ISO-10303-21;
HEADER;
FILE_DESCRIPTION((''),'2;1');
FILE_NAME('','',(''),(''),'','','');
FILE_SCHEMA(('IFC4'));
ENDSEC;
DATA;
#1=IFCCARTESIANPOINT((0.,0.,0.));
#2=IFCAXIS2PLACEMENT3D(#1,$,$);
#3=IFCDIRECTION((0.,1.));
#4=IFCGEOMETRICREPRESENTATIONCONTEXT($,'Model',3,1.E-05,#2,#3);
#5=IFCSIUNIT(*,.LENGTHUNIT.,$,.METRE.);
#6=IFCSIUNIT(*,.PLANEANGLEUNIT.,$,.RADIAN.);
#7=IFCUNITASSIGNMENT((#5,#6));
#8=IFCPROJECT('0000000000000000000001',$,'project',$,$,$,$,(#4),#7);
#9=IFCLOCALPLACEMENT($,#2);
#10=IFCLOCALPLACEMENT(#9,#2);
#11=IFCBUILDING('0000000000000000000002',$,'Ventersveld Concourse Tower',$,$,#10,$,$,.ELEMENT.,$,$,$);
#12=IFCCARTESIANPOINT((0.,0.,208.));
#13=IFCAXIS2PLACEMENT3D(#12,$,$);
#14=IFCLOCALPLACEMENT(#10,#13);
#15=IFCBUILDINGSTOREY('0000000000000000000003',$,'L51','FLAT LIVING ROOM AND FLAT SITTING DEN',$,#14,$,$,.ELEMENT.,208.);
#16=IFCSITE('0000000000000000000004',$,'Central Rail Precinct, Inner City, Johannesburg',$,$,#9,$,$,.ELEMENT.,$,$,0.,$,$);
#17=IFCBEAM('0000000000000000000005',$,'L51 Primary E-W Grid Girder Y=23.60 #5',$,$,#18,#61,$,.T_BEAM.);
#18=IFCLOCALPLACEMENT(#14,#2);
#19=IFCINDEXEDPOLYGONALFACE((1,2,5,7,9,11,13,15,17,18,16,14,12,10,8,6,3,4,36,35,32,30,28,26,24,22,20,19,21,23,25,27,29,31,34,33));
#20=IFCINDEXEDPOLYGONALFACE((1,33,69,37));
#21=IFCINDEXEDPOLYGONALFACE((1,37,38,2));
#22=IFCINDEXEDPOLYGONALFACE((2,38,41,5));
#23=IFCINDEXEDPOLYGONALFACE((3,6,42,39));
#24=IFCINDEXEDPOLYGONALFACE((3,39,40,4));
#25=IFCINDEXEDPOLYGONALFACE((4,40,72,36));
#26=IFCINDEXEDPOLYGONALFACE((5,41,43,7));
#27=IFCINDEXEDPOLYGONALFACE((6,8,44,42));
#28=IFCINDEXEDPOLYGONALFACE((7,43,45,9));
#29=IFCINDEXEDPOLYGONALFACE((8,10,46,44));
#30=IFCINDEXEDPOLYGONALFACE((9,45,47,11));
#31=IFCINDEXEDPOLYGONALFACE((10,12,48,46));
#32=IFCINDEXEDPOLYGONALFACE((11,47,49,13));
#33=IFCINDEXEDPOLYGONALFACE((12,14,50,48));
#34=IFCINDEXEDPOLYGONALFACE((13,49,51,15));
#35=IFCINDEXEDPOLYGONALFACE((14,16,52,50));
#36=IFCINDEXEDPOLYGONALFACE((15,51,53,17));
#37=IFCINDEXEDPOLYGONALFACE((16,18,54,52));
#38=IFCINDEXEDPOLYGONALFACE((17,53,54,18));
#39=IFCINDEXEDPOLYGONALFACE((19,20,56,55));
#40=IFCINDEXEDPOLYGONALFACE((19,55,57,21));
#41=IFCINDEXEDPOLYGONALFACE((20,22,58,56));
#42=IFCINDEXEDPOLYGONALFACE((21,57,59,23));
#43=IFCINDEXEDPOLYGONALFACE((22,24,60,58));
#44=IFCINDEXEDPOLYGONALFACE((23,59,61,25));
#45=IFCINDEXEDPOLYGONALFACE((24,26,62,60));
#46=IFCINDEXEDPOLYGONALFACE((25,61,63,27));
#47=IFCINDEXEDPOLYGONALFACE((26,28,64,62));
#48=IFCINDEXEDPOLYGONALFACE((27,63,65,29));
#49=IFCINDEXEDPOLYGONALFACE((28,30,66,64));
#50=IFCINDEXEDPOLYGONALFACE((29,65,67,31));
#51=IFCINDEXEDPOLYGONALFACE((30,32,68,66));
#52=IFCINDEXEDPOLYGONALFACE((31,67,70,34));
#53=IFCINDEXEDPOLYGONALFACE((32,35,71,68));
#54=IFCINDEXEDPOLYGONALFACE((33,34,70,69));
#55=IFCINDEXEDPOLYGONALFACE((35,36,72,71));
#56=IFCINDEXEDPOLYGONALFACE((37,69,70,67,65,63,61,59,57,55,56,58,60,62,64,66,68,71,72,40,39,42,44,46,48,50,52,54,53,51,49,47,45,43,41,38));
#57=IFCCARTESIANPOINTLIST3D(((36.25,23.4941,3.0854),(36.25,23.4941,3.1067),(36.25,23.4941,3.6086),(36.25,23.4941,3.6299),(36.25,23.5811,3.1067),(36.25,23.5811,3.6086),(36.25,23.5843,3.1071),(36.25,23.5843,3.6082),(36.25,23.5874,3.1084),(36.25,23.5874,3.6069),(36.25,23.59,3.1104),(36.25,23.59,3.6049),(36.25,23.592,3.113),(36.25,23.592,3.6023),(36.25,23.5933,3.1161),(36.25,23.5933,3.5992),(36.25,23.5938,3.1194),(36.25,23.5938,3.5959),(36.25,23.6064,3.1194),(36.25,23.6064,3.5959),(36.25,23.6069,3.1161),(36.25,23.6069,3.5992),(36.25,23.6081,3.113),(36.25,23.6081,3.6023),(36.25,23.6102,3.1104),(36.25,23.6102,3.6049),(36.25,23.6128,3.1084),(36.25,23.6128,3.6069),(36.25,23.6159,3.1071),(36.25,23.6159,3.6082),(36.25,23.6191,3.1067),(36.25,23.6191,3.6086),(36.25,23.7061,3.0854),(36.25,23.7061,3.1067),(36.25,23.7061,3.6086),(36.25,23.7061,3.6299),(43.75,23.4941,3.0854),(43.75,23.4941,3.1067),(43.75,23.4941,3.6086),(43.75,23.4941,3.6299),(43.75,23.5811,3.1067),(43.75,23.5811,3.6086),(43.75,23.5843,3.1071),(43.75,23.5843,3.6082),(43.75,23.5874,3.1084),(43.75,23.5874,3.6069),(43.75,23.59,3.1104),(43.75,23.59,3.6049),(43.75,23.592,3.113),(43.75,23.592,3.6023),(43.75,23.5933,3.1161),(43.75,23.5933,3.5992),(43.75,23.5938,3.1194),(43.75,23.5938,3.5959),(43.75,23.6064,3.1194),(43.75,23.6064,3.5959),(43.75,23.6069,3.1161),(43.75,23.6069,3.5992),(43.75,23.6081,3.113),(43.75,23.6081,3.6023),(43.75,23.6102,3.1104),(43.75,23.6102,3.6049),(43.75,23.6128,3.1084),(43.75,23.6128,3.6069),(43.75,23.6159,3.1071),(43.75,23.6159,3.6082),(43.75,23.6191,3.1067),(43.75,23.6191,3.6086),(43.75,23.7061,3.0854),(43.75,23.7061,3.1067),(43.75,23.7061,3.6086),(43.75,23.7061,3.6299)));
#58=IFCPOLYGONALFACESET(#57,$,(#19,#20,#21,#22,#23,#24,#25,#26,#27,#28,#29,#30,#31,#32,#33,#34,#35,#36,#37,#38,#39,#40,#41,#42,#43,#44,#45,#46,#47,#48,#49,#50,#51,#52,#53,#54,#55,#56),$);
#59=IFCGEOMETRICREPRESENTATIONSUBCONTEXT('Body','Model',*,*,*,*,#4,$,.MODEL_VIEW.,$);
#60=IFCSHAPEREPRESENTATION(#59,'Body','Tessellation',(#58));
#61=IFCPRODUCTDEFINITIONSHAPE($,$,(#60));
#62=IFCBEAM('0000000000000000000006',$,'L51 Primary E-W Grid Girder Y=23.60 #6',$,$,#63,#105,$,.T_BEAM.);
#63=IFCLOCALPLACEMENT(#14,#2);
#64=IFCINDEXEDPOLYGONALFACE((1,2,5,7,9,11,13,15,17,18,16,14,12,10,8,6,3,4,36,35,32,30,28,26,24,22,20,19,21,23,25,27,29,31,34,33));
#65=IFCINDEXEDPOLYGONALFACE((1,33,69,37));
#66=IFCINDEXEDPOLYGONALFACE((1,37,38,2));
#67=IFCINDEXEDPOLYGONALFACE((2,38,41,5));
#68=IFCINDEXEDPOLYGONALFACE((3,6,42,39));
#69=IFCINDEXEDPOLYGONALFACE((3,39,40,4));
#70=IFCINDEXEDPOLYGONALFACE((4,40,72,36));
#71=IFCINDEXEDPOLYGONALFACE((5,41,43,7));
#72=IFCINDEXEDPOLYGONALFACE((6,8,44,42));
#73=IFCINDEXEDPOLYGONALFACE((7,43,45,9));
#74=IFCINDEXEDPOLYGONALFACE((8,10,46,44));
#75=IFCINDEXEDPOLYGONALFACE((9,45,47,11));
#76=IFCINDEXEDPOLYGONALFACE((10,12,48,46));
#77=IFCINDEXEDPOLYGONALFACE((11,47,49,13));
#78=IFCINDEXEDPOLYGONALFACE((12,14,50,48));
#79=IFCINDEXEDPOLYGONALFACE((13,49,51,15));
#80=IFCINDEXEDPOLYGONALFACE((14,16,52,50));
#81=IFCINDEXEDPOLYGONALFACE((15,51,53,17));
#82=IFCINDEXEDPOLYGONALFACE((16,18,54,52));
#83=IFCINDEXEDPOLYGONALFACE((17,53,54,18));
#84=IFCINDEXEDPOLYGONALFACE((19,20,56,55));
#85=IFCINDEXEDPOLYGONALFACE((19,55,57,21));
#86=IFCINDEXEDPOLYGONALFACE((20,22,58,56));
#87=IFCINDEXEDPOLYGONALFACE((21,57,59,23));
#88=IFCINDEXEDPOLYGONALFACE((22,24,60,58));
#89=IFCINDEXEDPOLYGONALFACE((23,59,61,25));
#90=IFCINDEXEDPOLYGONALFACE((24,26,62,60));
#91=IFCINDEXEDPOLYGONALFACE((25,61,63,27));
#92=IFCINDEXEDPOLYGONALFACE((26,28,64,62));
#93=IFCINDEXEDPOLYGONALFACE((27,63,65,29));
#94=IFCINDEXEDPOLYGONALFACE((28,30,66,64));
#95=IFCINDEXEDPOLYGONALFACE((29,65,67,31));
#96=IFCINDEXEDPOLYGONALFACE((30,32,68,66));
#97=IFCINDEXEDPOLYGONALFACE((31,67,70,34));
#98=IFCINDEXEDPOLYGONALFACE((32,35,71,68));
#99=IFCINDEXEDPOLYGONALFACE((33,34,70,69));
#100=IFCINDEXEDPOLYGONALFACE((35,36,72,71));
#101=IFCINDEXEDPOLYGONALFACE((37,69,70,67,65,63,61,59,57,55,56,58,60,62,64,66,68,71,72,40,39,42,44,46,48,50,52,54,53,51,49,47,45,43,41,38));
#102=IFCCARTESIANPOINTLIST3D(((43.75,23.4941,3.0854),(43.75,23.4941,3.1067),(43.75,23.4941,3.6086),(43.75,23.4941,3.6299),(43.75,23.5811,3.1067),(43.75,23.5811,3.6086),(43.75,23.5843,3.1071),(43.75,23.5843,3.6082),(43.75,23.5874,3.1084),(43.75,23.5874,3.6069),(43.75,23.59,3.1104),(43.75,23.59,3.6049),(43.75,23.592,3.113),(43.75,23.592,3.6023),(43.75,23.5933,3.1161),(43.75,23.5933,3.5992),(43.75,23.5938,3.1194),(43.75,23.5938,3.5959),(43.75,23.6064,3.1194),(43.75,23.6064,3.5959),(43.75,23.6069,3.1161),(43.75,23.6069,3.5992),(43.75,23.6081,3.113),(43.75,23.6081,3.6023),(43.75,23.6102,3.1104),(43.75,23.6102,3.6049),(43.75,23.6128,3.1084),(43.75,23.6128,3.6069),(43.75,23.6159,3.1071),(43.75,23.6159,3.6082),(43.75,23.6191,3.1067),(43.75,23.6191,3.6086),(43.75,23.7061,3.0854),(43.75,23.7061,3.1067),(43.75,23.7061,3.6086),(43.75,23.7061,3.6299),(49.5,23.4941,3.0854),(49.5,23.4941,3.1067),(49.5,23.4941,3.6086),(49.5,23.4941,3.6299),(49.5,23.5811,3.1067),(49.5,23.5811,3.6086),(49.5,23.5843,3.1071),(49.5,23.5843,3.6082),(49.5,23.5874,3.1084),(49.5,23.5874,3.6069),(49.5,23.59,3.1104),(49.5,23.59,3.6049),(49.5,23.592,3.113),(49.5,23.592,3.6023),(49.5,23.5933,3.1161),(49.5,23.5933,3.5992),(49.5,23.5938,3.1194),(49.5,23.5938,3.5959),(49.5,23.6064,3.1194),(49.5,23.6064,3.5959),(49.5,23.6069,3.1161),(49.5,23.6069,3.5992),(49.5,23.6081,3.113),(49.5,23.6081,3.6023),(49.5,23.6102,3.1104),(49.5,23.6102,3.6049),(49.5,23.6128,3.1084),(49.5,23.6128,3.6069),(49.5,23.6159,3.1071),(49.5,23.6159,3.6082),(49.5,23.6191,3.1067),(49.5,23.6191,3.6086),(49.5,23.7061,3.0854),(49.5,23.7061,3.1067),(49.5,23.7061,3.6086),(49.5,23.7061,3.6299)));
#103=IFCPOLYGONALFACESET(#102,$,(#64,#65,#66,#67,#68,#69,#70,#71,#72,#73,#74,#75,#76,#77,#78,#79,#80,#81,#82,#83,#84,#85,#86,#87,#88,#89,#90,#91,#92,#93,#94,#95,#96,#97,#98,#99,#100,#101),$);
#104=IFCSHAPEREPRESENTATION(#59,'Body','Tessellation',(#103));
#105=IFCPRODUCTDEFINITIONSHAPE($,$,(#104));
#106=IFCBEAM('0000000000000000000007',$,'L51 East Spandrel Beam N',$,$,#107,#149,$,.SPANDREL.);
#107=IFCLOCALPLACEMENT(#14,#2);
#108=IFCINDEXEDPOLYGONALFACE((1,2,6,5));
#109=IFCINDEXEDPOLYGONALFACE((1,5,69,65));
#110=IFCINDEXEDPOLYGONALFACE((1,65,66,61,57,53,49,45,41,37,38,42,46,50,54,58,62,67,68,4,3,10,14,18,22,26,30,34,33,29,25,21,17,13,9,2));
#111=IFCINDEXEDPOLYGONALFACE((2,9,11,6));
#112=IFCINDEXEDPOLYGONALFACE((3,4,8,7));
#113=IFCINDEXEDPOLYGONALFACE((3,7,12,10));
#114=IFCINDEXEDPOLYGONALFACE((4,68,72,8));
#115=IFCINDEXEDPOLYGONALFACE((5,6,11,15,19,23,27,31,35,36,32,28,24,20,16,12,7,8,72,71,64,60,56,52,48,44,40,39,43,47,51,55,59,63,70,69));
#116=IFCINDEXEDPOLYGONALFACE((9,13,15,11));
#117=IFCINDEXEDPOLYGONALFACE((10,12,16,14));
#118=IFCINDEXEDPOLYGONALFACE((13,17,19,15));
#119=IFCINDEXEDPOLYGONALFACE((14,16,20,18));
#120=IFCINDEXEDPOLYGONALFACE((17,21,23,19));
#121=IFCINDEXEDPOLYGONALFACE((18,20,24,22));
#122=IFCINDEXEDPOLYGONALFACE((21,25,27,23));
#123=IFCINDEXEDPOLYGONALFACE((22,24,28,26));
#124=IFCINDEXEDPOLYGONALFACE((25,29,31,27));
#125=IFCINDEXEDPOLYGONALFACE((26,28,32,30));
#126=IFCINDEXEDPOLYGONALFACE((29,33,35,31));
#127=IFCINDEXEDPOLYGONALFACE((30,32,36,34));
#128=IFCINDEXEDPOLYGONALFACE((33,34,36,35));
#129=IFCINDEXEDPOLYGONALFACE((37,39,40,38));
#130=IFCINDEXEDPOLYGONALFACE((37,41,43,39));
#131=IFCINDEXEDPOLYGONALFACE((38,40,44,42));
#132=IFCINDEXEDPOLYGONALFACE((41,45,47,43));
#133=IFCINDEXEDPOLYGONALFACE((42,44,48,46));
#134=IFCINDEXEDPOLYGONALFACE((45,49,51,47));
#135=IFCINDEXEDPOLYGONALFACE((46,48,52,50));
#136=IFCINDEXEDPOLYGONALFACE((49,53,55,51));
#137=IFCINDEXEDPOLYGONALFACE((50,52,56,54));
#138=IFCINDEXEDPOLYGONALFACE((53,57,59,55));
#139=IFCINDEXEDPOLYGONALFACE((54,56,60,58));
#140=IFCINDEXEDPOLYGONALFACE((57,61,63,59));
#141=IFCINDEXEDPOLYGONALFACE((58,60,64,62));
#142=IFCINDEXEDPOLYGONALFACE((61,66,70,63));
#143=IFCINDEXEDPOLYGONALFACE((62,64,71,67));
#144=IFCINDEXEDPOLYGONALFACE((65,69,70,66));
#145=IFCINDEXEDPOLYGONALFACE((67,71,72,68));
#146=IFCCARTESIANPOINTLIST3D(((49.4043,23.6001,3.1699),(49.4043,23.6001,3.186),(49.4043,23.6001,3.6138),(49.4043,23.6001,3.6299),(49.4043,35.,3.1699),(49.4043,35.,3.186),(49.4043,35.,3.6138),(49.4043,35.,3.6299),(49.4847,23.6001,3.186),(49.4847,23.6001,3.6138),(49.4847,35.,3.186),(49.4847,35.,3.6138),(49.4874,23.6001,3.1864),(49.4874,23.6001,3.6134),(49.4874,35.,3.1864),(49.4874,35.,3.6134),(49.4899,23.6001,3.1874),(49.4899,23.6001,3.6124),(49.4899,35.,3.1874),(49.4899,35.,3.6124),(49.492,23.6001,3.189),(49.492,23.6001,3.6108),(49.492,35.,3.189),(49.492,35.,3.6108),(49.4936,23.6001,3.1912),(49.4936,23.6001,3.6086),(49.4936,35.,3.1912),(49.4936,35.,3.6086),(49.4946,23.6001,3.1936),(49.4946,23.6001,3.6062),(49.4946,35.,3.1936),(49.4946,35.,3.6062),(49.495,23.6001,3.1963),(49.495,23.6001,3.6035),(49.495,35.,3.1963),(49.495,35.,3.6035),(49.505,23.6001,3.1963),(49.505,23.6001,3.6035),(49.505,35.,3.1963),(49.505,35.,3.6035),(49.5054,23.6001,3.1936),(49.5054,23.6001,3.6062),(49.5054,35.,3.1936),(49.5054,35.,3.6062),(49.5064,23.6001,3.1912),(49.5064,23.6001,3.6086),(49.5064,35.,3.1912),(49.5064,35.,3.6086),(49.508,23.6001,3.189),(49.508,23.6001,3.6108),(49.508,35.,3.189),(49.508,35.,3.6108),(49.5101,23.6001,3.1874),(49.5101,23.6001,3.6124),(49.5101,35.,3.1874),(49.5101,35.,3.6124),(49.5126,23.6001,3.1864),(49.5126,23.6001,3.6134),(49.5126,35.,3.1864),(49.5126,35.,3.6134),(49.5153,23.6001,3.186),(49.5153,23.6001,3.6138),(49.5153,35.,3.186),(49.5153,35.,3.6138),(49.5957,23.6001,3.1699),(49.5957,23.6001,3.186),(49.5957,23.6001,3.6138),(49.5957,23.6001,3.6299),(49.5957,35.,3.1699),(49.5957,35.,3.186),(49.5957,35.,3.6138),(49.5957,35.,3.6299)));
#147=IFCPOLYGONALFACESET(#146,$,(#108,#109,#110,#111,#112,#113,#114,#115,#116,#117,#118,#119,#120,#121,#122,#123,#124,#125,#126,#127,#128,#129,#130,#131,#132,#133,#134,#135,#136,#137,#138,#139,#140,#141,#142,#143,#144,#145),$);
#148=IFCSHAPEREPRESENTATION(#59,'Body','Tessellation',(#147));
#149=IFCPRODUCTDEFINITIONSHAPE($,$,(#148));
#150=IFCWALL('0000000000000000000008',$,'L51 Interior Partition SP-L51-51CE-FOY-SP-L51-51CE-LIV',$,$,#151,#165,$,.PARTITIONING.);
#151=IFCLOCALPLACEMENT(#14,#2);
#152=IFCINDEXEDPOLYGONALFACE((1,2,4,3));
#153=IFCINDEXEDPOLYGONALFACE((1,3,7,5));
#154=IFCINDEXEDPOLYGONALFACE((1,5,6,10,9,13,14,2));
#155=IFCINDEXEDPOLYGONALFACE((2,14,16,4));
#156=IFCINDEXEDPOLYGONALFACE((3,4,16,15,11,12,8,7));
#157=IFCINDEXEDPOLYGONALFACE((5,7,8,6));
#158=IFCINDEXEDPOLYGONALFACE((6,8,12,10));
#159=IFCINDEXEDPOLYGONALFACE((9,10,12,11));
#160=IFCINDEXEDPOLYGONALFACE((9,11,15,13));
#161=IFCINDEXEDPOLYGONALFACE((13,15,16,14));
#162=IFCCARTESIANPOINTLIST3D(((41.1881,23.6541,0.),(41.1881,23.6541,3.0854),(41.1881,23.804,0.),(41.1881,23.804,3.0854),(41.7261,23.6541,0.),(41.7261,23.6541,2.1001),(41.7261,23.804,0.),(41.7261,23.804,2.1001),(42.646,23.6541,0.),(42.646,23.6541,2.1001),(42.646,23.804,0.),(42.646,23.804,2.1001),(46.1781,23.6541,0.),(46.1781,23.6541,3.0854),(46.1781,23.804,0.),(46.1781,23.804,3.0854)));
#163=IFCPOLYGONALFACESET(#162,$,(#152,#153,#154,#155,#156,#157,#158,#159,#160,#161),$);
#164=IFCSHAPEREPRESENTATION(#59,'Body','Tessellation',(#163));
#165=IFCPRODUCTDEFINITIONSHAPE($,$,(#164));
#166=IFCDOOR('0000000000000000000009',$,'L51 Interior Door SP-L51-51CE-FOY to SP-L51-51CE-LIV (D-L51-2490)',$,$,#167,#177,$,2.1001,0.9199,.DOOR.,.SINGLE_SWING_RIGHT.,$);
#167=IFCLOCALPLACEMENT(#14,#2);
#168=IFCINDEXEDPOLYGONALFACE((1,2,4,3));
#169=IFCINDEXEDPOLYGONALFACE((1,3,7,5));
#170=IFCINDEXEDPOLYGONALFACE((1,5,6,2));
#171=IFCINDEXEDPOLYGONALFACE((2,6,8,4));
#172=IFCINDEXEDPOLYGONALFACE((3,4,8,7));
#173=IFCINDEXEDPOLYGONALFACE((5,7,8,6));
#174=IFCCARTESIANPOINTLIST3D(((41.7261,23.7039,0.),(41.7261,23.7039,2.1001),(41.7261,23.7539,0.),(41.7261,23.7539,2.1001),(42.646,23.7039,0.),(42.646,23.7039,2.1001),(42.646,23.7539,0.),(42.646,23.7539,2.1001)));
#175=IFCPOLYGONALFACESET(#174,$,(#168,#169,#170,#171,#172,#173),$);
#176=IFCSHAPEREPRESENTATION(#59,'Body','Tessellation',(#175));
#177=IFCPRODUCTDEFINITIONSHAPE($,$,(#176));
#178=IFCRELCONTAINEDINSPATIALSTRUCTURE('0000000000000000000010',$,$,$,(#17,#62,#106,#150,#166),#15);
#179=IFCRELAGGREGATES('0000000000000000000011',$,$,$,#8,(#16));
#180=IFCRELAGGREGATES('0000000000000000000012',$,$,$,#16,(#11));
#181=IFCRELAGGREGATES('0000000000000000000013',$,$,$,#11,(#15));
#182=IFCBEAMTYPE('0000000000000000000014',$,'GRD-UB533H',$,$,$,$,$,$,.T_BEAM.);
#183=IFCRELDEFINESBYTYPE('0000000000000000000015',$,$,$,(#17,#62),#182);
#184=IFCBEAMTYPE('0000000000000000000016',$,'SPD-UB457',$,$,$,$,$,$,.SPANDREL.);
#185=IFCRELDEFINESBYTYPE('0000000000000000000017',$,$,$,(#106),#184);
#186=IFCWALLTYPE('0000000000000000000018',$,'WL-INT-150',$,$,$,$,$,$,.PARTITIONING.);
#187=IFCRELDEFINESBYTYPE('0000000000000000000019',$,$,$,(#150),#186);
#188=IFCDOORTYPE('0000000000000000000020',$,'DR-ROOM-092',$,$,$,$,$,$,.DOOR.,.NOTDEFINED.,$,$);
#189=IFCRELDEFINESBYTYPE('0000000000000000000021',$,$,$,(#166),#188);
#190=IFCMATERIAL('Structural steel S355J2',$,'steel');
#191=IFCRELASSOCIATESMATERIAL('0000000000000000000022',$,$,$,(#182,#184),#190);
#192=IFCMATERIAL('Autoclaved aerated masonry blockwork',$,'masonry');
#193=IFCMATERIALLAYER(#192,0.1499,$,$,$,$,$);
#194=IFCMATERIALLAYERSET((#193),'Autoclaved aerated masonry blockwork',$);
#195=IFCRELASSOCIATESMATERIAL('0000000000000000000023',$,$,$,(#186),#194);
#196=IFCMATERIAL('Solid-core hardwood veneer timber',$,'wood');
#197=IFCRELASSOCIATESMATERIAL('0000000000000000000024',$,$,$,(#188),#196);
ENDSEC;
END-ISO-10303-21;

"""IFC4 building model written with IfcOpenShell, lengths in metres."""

from ifc_helpers import new_model, si_unit, direction, frame, frame_2d, origin, origin_2d, place, context, subcontext, project, spatial, rectangle, i_section, extrude, material, layer, layer_set, material_profile, profile_set, type_object, element, fill, save


model = new_model("IFC4")

# Units and contexts
model_context = context("Model", 3, precision=1e-05, world=origin(), true_north=direction((0.0, 1.0)))
body_context = subcontext(model_context, "Body", "Model", "MODEL_VIEW")
ifc_project = project(units=[si_unit("LENGTHUNIT", "METRE"), si_unit("PLANEANGLEUNIT", "RADIAN")], contexts=[model_context])

# Site, building, storey
site_placement = place(None, origin())
site = spatial("IfcSite", under=ifc_project, at=site_placement, Name="Central Rail Precinct, Inner City, Johannesburg", CompositionType="ELEMENT", RefElevation=0.0)
building_placement = place(site_placement, origin())
building = spatial("IfcBuilding", under=site, at=building_placement, Name="Ventersveld Concourse Tower", CompositionType="ELEMENT")
storey_placement = place(building_placement, frame((0.0, 0.0, 208.0)))
storey = spatial("IfcBuildingStorey", under=building, at=storey_placement, Name="L51", Description="FLAT LIVING ROOM AND FLAT SITTING DEN", CompositionType="ELEMENT", Elevation=208.0)

# Beams
ifc_material_1 = material(Name="Structural steel S355J2", Category="steel")
ifc_material_profile_1 = material_profile(ifc_material_1, i_section(OverallWidth=0.2119, OverallDepth=0.5444, WebThickness=0.0127, FlangeThickness=0.0212, FilletRadius=0.0127, at=origin_2d()), Name="UB 533x210x122")
ifc_profile_set_1 = profile_set([ifc_material_profile_1], Name="Structural steel S355J2")
beam_type_1 = type_object("IfcBeamType", Name="GRD-UB533H", PredefinedType="T_BEAM", material=ifc_profile_set_1)
beam_1_placement = place(storey_placement, frame((36.25, 23.6001, 3.3577), z_axis=(1.0, 0.0, 0.0), x_axis=(0.0, 1.0, 0.0)))
element("IfcBeam", 1, at=beam_1_placement, inside=storey, type_object=beam_type_1, Name="L51 Primary E-W Grid Girder Y=23.60 #5", PredefinedType="T_BEAM", context=body_context, shape_type="SweptSolid", body=[
    extrude(i_section(OverallWidth=0.2119, OverallDepth=0.5444, WebThickness=0.0127, FlangeThickness=0.0212, FilletRadius=0.0127, at=origin_2d()), origin(), (0.0, 0.0, 1.0), 7.5),
])
beam_2_placement = place(storey_placement, frame((43.75, 23.6001, 3.3577), z_axis=(1.0, 0.0, 0.0), x_axis=(0.0, 1.0, 0.0)))
element("IfcBeam", 2, at=beam_2_placement, inside=storey, type_object=beam_type_1, Name="L51 Primary E-W Grid Girder Y=23.60 #6", PredefinedType="T_BEAM", context=body_context, shape_type="SweptSolid", body=[
    extrude(i_section(OverallWidth=0.2119, OverallDepth=0.5444, WebThickness=0.0127, FlangeThickness=0.0212, FilletRadius=0.0127, at=origin_2d()), origin(), (0.0, 0.0, 1.0), 5.75),
])
ifc_material_profile_2 = material_profile(ifc_material_1, i_section(OverallWidth=0.1914, OverallDepth=0.46, WebThickness=0.01, FlangeThickness=0.0161, FilletRadius=0.0103, at=origin_2d()), Name="UB 457x191x82")
ifc_profile_set_2 = profile_set([ifc_material_profile_2], Name="Structural steel S355J2")
beam_type_2 = type_object("IfcBeamType", Name="SPD-UB457", PredefinedType="SPANDREL", material=ifc_profile_set_2)
beam_3_placement = place(storey_placement, frame((49.5, 23.6001, 3.3999), z_axis=(0.0, 1.0, 0.0), x_axis=(-1.0, 0.0, 0.0)))
element("IfcBeam", 3, at=beam_3_placement, inside=storey, type_object=beam_type_2, Name="L51 East Spandrel Beam N", PredefinedType="SPANDREL", context=body_context, shape_type="SweptSolid", body=[
    extrude(i_section(OverallWidth=0.1914, OverallDepth=0.46, WebThickness=0.01, FlangeThickness=0.0161, FilletRadius=0.0103, at=origin_2d()), origin(), (0.0, 0.0, 1.0), 11.3999),
])

# Wall, opening, door
ifc_material_2 = material(Name="Autoclaved aerated masonry blockwork", Category="masonry")
ifc_layer = layer(ifc_material_2, 0.1499)
ifc_layer_set = layer_set([ifc_layer], Name="Autoclaved aerated masonry blockwork")
wall_type = type_object("IfcWallType", Name="WL-INT-150", PredefinedType="PARTITIONING", material=ifc_layer_set)
wall_1_placement = place(storey_placement, frame((41.188, 23.729, 0.0), z_axis=(0.0, 0.0, 1.0), x_axis=(1.0, 0.0, 0.0)))
wall_1 = element("IfcWall", 4, at=wall_1_placement, inside=storey, type_object=wall_type, Name="L51 Interior Partition SP-L51-51CE-FOY-SP-L51-51CE-LIV", PredefinedType="PARTITIONING", context=body_context, shape_type="SweptSolid", body=[
    extrude(rectangle(XDim=4.99, YDim=0.1499, at=frame_2d((2.4951, 0.0))), origin(), (0.0, 0.0, 1.0), 3.0854),
])
opening_1_placement = place(wall_1_placement, frame((0.5381, 0.0, 0.0)))
opening_1 = element("IfcOpeningElement", 5, at=opening_1_placement, cuts=wall_1, PredefinedType="OPENING", context=body_context, shape_type="SweptSolid", body=[
    extrude(rectangle(XDim=0.9199, YDim=2.1001, at=frame_2d((0.46, 1.05))), frame((0.0, 0.085, 0.0), z_axis=(0.0, -1.0, 0.0), x_axis=(1.0, 0.0, 0.0)), (0.0, 0.0, 1.0), 0.1699),
])
ifc_material_3 = material(Name="Solid-core hardwood veneer timber", Category="wood")
door_type = type_object("IfcDoorType", Name="DR-ROOM-092", OperationType="NOTDEFINED", PredefinedType="DOOR", material=ifc_material_3)
door_1_placement = place(opening_1_placement, origin())
door_1 = element("IfcDoor", 6, at=door_1_placement, inside=storey, type_object=door_type, Name="L51 Interior Door SP-L51-51CE-FOY to SP-L51-51CE-LIV (D-L51-2490)", OperationType="SINGLE_SWING_RIGHT", OverallHeight=2.1001, OverallWidth=0.9199, PredefinedType="DOOR", context=body_context, shape_type="SweptSolid", body=[
    extrude(rectangle(XDim=0.9199, YDim=2.1001, at=frame_2d((0.46, 1.05))), frame((0.0, 0.0249, 0.0), z_axis=(0.0, -1.0, 0.0), x_axis=(1.0, 0.0, 0.0)), (0.0, 0.0, 1.0), 0.05),
])
fill(opening_1, door_1)

save(model, "model.ifc")
